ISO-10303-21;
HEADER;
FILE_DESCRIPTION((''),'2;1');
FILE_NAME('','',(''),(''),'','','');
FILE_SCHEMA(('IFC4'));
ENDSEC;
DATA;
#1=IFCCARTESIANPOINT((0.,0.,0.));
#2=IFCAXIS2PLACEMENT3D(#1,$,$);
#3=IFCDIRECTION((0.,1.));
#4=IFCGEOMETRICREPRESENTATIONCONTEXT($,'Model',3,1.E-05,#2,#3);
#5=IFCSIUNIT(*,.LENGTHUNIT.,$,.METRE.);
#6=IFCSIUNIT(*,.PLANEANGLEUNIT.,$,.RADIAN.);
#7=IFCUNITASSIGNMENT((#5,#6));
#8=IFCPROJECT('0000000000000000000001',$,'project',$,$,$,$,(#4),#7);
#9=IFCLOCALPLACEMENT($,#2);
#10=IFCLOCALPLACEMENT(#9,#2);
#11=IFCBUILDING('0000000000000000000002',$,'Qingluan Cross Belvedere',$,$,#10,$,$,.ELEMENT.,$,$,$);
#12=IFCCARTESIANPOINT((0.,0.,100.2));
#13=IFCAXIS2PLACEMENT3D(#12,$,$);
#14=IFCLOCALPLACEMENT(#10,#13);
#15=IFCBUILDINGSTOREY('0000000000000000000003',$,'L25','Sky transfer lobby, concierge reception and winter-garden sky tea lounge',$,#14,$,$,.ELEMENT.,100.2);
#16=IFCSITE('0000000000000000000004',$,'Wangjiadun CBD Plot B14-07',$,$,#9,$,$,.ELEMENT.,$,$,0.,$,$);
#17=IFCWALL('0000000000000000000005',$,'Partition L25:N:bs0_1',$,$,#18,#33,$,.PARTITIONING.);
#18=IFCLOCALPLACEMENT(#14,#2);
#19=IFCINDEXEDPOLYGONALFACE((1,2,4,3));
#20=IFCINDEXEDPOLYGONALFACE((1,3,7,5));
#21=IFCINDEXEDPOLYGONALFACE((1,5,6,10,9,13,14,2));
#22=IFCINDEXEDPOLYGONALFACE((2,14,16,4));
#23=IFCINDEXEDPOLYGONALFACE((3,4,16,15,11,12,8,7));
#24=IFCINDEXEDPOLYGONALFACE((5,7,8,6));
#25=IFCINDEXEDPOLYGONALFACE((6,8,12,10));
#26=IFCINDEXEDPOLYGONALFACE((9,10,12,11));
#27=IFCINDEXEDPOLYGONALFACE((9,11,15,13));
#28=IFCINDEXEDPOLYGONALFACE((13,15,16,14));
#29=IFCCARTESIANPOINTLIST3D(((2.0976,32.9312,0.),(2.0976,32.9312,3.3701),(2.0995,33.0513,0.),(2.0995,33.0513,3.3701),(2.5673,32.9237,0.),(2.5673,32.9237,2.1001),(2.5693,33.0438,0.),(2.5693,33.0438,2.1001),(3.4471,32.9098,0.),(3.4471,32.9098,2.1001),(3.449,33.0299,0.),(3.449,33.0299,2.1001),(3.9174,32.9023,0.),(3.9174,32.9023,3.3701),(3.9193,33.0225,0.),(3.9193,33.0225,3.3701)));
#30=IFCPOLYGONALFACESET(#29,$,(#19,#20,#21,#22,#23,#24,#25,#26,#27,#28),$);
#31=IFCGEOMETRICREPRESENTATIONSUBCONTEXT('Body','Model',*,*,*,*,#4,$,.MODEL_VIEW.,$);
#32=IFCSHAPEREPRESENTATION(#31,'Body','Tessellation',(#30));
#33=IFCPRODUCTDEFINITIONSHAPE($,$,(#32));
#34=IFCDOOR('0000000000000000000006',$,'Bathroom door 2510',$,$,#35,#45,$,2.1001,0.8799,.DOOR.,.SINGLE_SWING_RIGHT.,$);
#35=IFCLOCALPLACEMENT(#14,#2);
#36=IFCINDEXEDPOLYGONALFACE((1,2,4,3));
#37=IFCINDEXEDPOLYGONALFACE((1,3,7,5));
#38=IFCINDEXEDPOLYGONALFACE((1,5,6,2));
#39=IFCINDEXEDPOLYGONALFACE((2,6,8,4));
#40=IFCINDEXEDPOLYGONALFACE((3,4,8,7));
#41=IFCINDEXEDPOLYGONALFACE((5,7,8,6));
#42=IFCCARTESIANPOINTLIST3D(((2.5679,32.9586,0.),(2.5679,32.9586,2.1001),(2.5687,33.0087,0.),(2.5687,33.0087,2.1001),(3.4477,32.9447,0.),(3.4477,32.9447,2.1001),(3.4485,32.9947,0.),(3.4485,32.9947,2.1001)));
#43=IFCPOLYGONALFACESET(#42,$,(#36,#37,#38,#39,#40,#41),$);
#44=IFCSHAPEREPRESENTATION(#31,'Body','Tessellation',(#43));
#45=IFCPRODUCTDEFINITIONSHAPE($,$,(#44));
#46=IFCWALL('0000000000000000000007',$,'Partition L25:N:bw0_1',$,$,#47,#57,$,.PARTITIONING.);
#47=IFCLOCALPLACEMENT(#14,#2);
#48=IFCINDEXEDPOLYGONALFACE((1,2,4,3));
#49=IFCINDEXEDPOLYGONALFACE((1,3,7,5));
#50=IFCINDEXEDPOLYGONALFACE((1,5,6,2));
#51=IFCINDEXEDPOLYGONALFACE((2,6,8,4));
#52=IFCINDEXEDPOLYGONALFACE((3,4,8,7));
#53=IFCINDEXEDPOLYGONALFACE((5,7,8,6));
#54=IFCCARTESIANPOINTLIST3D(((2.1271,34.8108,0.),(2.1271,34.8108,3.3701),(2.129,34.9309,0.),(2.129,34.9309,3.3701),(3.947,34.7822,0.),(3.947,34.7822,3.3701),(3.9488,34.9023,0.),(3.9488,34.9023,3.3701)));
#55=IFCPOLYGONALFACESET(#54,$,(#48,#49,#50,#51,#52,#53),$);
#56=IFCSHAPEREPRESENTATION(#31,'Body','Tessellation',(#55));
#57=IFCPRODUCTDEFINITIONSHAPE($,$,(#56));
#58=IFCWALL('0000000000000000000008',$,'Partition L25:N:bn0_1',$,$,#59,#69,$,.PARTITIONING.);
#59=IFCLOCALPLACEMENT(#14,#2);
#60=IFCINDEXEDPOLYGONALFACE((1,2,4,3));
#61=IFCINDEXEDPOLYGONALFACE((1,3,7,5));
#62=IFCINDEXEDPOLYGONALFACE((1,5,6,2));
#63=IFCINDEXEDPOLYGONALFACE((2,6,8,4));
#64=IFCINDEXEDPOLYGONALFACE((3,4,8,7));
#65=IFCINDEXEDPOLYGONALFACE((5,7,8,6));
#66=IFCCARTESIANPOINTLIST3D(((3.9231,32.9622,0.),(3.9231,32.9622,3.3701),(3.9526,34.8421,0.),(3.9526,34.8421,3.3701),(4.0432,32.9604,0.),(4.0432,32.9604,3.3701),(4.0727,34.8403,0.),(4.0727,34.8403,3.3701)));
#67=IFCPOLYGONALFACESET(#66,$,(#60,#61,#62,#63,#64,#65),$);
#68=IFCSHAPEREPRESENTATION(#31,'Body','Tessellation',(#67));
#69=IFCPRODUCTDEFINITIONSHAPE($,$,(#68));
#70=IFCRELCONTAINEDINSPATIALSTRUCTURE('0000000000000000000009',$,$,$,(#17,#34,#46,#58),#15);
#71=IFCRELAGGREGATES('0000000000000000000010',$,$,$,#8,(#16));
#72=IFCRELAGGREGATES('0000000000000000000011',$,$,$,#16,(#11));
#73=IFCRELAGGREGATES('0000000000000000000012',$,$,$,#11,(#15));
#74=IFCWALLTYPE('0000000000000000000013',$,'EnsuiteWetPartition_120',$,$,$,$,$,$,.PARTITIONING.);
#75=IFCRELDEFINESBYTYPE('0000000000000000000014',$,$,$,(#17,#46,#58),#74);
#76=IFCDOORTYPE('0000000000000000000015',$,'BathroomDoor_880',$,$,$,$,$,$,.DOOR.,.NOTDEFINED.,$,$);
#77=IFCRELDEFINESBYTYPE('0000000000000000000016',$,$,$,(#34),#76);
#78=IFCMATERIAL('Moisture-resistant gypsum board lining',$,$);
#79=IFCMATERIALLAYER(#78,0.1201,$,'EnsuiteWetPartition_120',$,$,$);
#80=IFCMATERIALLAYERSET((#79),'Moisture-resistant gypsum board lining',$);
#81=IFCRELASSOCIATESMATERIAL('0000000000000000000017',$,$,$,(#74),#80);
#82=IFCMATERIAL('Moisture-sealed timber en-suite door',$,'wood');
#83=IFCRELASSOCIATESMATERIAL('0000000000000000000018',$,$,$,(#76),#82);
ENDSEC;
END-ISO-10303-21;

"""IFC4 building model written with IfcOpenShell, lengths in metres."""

from ifc_helpers import new_model, si_unit, direction, frame, frame_2d, origin, place, context, subcontext, project, spatial, rectangle, extrude, material, layer, layer_set, type_object, element, fill, save


model = new_model("IFC4")

# Units and contexts
model_context = context("Model", 3, precision=1e-05, world=origin(), true_north=direction((0.0, 1.0)))
body_context = subcontext(model_context, "Body", "Model", "MODEL_VIEW")
ifc_project = project(units=[si_unit("LENGTHUNIT", "METRE"), si_unit("PLANEANGLEUNIT", "RADIAN")], contexts=[model_context])

# Site, building, storey
site_placement = place(None, origin())
site = spatial("IfcSite", under=ifc_project, at=site_placement, Name="Wangjiadun CBD Plot B14-07", CompositionType="ELEMENT", RefElevation=0.0)
building_placement = place(site_placement, origin())
building = spatial("IfcBuilding", under=site, at=building_placement, Name="Qingluan Cross Belvedere", CompositionType="ELEMENT")
storey_placement = place(building_placement, frame((0.0, 0.0, 100.2)))
storey = spatial("IfcBuildingStorey", under=building, at=storey_placement, Name="L25", Description="Sky transfer lobby, concierge reception and winter-garden sky tea lounge", CompositionType="ELEMENT", Elevation=100.2)

# Wall, opening, door
ifc_material_1 = material(Name="Moisture-resistant gypsum board lining")
ifc_layer_1 = layer(ifc_material_1, 0.1201, Name="EnsuiteWetPartition_120")
ifc_layer_set_1 = layer_set([ifc_layer_1], Name="Moisture-resistant gypsum board lining")
wall_type_1 = type_object("IfcWallType", Name="EnsuiteWetPartition_120", PredefinedType="PARTITIONING", material=ifc_layer_set_1)
wall_1_placement = place(storey_placement, frame((2.0984, 32.9912, 0.0), z_axis=(0.0, 0.0, 1.0), x_axis=(0.999875, -0.015828, 0.0)))
wall_1 = element("IfcWall", 1, at=wall_1_placement, inside=storey, type_object=wall_type_1, Name="Partition L25:N:bs0_1", PredefinedType="PARTITIONING", context=body_context, shape_type="SweptSolid", body=[
    extrude(rectangle(XDim=1.8201, YDim=0.1201, at=frame_2d((0.9102, 0.0))), origin(), (0.0, 0.0, 1.0), 3.3701),
])
opening_placement = place(wall_1_placement, frame((0.47, 0.0, 0.0)))
opening = element("IfcOpeningElement", 2, at=opening_placement, cuts=wall_1, PredefinedType="OPENING", context=body_context, shape_type="SweptSolid", body=[
    extrude(rectangle(XDim=0.8799, YDim=2.1001, at=frame_2d((0.4399, 1.05))), frame((0.0, 0.0701, 0.0), z_axis=(0.0, -1.0, 0.0), x_axis=(1.0, 0.0, 0.0)), (0.0, 0.0, 1.0), 0.1401),
])
ifc_material_2 = material(Name="Moisture-sealed timber en-suite door", Category="wood")
door_type = type_object("IfcDoorType", Name="BathroomDoor_880", OperationType="NOTDEFINED", PredefinedType="DOOR", material=ifc_material_2)
door_placement = place(opening_placement, origin())
door = element("IfcDoor", 3, at=door_placement, inside=storey, type_object=door_type, Name="Bathroom door 2510", OperationType="SINGLE_SWING_RIGHT", OverallHeight=2.1001, OverallWidth=0.8799, PredefinedType="DOOR", context=body_context, shape_type="SweptSolid", body=[
    extrude(rectangle(XDim=0.8799, YDim=2.1001, at=frame_2d((0.4399, 1.05))), frame((0.0, 0.0249, 0.0), z_axis=(0.0, -1.0, 0.0), x_axis=(1.0, 0.0, 0.0)), (0.0, 0.0, 1.0), 0.05),
])
fill(opening, door)

# Walls
wall_2_placement = place(storey_placement, frame((2.1279, 34.8708, 0.0), z_axis=(0.0, 0.0, 1.0), x_axis=(0.999877, -0.015694, 0.0)))
element("IfcWall", 4, at=wall_2_placement, inside=storey, type_object=wall_type_1, Name="Partition L25:N:bw0_1", PredefinedType="PARTITIONING", context=body_context, shape_type="SweptSolid", body=[
    extrude(rectangle(XDim=1.8201, YDim=0.1201, at=frame_2d((0.9102, 0.0))), origin(), (0.0, 0.0, 1.0), 3.3701),
])
wall_3_placement = place(storey_placement, frame((3.9832, 32.9614, 0.0), z_axis=(0.0, 0.0, 1.0), x_axis=(0.015712, 0.999877, 0.0)))
element("IfcWall", 5, at=wall_3_placement, inside=storey, type_object=wall_type_1, Name="Partition L25:N:bn0_1", PredefinedType="PARTITIONING", context=body_context, shape_type="SweptSolid", body=[
    extrude(rectangle(XDim=1.8801, YDim=0.1201, at=frame_2d((0.9399, 0.0))), origin(), (0.0, 0.0, 1.0), 3.3701),
])

save(model, "model.ifc")
